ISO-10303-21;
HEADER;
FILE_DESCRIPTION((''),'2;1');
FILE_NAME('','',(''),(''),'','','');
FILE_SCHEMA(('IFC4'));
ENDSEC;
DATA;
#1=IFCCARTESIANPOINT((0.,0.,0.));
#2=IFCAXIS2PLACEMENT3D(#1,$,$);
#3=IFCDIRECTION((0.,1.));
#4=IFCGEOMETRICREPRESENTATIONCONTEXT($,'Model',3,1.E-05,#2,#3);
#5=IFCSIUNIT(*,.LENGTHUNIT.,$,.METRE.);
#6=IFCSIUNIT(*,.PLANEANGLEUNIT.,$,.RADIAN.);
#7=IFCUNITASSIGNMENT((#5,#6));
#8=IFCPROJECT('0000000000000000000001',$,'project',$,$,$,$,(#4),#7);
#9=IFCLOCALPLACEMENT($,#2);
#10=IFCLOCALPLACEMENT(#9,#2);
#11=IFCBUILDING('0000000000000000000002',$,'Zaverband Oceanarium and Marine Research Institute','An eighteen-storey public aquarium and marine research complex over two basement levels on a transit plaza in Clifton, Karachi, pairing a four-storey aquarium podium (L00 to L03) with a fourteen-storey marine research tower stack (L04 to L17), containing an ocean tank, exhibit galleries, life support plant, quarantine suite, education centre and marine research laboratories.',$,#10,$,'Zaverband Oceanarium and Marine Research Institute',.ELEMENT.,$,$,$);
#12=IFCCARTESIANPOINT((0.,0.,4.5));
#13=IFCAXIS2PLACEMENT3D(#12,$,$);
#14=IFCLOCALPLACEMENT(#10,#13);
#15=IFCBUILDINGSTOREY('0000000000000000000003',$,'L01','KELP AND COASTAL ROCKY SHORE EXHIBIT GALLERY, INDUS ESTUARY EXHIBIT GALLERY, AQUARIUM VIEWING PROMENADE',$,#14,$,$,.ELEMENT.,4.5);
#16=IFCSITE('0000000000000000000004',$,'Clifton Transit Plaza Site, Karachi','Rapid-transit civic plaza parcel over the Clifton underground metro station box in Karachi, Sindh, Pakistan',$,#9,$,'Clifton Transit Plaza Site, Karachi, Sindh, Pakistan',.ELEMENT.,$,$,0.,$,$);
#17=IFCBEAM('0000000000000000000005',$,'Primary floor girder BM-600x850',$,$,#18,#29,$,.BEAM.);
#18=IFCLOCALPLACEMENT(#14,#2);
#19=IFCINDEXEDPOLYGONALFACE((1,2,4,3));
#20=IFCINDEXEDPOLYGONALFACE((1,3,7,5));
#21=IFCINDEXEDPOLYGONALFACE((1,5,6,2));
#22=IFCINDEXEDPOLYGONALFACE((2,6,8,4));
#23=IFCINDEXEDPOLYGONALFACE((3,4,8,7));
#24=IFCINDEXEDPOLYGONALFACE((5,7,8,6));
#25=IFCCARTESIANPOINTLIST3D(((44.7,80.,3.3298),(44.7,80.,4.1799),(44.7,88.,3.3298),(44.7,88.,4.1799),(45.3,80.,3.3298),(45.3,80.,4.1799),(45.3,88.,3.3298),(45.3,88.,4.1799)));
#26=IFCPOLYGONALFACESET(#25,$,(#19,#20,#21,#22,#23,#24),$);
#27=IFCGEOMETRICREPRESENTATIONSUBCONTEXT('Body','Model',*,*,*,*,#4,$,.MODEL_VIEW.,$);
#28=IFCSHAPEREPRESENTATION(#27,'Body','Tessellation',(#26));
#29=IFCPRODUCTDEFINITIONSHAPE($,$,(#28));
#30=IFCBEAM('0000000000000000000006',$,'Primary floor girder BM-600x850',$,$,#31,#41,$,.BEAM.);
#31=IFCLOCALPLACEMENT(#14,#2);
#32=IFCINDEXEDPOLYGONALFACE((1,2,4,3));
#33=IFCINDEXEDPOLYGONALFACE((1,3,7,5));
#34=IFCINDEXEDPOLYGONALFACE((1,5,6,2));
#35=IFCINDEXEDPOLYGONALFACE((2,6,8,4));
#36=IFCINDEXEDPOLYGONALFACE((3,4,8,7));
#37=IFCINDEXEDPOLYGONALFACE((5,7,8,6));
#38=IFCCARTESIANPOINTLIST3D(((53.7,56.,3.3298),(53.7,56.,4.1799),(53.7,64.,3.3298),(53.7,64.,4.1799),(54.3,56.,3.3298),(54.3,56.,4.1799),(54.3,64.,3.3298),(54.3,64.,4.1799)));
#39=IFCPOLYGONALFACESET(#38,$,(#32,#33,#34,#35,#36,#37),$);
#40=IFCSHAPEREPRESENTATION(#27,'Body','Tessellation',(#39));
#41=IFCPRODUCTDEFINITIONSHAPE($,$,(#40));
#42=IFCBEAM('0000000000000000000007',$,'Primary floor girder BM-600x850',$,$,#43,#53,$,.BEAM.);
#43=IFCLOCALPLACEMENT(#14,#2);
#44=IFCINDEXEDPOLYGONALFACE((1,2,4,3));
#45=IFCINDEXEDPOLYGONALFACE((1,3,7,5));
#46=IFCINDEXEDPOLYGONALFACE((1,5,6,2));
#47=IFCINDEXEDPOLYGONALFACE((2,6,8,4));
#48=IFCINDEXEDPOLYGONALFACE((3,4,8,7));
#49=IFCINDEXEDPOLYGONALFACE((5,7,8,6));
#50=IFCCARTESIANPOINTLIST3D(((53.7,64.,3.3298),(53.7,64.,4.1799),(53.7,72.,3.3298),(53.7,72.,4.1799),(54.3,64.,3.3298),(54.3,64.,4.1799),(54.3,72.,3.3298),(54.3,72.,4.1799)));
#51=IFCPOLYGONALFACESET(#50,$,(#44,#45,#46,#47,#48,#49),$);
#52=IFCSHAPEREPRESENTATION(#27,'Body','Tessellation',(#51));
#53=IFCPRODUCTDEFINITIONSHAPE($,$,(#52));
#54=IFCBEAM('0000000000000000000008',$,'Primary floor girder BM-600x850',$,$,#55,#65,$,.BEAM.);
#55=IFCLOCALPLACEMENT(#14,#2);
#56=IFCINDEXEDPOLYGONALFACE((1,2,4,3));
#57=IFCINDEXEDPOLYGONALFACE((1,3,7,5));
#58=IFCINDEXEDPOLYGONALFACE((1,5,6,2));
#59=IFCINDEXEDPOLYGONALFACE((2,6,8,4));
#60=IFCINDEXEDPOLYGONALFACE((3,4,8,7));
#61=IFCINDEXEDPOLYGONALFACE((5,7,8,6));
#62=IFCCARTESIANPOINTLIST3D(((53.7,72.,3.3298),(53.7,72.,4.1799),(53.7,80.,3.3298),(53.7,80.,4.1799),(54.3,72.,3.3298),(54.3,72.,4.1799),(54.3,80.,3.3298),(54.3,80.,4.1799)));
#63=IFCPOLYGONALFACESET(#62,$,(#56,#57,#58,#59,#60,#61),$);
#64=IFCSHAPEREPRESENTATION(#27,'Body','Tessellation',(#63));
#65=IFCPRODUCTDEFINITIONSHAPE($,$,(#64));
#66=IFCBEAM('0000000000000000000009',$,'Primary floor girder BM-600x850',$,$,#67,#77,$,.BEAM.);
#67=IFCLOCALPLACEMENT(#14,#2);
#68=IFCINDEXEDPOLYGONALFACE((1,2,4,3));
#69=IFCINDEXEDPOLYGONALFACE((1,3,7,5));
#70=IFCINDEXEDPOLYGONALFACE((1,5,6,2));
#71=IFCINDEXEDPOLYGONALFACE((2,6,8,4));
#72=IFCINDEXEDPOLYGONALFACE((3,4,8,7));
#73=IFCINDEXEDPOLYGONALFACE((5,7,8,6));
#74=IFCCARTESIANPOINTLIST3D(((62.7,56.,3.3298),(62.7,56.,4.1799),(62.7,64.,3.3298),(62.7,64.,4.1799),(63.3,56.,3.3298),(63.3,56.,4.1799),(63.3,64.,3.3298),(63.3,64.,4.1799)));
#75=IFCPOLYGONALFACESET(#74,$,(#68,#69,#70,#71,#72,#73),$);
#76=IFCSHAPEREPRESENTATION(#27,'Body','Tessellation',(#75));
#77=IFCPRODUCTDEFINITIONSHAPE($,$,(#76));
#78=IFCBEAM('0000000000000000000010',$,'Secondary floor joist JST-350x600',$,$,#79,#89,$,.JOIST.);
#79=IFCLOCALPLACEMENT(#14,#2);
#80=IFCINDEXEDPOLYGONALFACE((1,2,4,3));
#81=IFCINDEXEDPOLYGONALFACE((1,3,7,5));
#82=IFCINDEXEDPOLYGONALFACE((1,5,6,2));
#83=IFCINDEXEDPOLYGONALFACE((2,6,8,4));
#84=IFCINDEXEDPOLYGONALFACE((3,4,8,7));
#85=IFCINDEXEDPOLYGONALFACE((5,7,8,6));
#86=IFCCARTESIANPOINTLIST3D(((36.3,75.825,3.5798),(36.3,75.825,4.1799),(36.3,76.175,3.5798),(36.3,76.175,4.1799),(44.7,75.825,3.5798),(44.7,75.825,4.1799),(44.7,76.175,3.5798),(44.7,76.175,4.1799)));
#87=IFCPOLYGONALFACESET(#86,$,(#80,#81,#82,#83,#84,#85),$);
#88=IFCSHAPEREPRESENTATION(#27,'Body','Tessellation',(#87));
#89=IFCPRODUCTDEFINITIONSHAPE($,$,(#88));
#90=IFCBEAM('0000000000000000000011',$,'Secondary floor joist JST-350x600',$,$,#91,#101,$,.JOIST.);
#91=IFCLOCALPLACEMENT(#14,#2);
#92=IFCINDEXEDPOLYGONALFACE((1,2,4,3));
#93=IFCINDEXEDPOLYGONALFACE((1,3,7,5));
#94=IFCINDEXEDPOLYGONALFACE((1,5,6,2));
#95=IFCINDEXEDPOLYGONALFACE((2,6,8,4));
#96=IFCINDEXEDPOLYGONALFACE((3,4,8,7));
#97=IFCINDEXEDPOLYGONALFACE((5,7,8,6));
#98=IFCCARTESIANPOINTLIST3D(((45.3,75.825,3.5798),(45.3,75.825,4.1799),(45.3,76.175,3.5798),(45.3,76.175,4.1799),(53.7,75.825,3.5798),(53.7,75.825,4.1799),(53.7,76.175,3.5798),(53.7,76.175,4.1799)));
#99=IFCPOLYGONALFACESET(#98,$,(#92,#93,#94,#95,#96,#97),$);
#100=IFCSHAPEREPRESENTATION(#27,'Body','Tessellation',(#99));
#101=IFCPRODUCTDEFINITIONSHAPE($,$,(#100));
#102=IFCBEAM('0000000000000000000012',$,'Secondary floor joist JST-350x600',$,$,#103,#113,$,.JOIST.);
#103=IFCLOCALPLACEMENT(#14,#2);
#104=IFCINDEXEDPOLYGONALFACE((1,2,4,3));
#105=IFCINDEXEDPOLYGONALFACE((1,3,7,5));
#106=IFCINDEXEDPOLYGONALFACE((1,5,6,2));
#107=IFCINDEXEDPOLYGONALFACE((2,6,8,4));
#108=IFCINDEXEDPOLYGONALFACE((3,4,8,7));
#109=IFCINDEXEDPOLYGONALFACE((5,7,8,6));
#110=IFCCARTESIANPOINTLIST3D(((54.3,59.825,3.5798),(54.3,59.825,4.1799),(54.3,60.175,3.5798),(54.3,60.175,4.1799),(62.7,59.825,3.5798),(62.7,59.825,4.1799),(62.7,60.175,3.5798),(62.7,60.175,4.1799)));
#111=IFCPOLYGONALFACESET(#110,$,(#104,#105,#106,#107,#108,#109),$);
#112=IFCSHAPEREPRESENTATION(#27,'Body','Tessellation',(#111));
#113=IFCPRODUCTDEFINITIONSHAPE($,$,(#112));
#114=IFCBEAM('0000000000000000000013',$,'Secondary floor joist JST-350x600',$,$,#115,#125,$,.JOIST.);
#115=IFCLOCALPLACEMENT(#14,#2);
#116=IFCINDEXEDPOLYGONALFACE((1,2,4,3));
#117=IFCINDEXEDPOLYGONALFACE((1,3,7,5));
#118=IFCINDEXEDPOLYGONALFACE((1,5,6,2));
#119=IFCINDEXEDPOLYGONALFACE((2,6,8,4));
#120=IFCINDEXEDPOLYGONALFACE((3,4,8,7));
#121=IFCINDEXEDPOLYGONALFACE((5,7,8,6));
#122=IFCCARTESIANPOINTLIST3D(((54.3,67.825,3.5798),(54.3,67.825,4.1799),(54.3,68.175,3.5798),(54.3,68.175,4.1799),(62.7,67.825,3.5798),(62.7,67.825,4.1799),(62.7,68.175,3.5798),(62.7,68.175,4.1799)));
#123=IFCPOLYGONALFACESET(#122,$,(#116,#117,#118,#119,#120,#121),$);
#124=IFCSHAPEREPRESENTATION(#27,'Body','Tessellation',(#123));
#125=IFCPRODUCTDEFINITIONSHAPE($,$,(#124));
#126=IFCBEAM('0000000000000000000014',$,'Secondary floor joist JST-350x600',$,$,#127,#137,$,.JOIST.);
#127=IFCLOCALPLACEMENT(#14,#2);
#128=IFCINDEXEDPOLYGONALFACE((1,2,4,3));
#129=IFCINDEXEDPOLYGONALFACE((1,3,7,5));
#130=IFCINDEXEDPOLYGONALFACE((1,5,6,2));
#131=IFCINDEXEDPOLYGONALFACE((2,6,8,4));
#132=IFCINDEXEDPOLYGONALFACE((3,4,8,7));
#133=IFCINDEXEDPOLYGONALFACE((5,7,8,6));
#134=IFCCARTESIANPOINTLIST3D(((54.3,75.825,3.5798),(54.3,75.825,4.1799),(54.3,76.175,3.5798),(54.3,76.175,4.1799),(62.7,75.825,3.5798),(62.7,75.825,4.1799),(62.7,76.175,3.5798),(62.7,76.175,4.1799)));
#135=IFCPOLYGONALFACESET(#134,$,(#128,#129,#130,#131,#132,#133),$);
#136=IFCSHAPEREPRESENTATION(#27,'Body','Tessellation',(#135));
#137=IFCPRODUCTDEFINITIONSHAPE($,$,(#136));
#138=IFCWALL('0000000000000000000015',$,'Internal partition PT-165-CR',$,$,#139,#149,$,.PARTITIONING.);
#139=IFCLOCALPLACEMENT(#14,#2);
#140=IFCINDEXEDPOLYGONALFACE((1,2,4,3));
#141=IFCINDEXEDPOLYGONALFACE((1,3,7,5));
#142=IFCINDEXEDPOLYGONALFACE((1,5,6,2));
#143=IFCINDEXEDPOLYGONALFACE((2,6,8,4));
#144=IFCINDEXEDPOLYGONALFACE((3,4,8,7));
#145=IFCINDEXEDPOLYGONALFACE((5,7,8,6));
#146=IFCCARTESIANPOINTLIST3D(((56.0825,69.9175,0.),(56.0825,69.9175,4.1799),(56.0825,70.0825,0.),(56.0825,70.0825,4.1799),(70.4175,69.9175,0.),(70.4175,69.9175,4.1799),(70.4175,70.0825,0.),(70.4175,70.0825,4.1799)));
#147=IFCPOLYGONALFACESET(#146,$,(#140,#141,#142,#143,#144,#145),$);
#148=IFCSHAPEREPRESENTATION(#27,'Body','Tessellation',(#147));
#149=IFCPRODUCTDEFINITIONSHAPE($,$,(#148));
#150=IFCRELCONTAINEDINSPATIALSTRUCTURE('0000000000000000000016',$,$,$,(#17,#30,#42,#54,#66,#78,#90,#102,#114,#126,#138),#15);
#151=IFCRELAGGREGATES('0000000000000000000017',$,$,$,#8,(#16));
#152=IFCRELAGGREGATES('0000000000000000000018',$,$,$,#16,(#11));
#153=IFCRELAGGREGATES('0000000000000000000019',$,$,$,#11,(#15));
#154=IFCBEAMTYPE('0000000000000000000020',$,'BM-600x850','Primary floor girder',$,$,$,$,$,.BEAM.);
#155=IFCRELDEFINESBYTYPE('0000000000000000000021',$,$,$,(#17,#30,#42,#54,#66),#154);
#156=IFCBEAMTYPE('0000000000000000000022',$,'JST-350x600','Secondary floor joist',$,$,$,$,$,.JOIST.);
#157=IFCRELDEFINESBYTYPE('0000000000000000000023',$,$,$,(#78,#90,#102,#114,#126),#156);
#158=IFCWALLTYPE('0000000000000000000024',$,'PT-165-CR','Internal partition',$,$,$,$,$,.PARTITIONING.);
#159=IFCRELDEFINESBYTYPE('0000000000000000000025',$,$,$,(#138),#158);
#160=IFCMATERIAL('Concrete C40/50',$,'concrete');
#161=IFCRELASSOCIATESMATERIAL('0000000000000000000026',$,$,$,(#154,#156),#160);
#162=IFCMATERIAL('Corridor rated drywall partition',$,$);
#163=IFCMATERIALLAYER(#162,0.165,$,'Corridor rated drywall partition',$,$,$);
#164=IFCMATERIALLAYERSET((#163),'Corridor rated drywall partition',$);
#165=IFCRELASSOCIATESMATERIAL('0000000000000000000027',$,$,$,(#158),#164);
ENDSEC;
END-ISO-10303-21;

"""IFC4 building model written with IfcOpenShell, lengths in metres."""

from ifc_helpers import new_model, si_unit, direction, frame, frame_2d, origin, origin_2d, place, context, subcontext, project, spatial, rectangle, extrude, material, layer, layer_set, material_profile, profile_set, type_object, element, save


model = new_model("IFC4")

# Units and contexts
model_context = context("Model", 3, precision=1e-05, world=origin(), true_north=direction((0.0, 1.0)))
body_context = subcontext(model_context, "Body", "Model", "MODEL_VIEW")
ifc_project = project(units=[si_unit("LENGTHUNIT", "METRE"), si_unit("PLANEANGLEUNIT", "RADIAN")], contexts=[model_context])

# Site, building, storey
site_placement = place(None, origin())
site = spatial("IfcSite", under=ifc_project, at=site_placement, Name="Clifton Transit Plaza Site, Karachi", Description="Rapid-transit civic plaza parcel over the Clifton underground metro station box in Karachi, Sindh, Pakistan", LongName="Clifton Transit Plaza Site, Karachi, Sindh, Pakistan", CompositionType="ELEMENT", RefElevation=0.0)
building_placement = place(site_placement, origin())
building = spatial("IfcBuilding", under=site, at=building_placement, Name="Zaverband Oceanarium and Marine Research Institute", Description="An eighteen-storey public aquarium and marine research complex over two basement levels on a transit plaza in Clifton, Karachi, pairing a four-storey aquarium podium (L00 to L03) with a fourteen-storey marine research tower stack (L04 to L17), containing an ocean tank, exhibit galleries, life support plant, quarantine suite, education centre and marine research laboratories.", LongName="Zaverband Oceanarium and Marine Research Institute", CompositionType="ELEMENT")
storey_placement = place(building_placement, frame((0.0, 0.0, 4.5)))
storey = spatial("IfcBuildingStorey", under=building, at=storey_placement, Name="L01", Description="KELP AND COASTAL ROCKY SHORE EXHIBIT GALLERY, INDUS ESTUARY EXHIBIT GALLERY, AQUARIUM VIEWING PROMENADE", CompositionType="ELEMENT", Elevation=4.5)

# Beams
ifc_material_1 = material(Name="Concrete C40/50", Category="concrete")
ifc_material_profile_1 = material_profile(ifc_material_1, rectangle(XDim=0.6001, YDim=0.8501, at=origin_2d()), Name="RC600x850")
ifc_profile_set_1 = profile_set([ifc_material_profile_1], Name="Concrete C40/50")
beam_type_1 = type_object("IfcBeamType", Name="BM-600x850", Description="Primary floor girder", PredefinedType="BEAM", material=ifc_profile_set_1)
for number, where, z_axis, x_axis, name in (
    (1, (45.0, 80.0, 3.7549), (0.0, 1.0, 0.0), (-1.0, 0.0, 0.0), "Primary floor girder BM-600x850"),
    (2, (54.0, 56.0, 3.7549), (0.0, 1.0, 0.0), (-1.0, 0.0, 0.0), "Primary floor girder BM-600x850"),
    (3, (54.0, 64.0, 3.7549), (0.0, 1.0, 0.0), (-1.0, 0.0, 0.0), "Primary floor girder BM-600x850"),
    (4, (54.0, 72.0, 3.7549), (0.0, 1.0, 0.0), (-1.0, 0.0, 0.0), "Primary floor girder BM-600x850"),
    (5, (63.0, 56.0, 3.7549), (0.0, 1.0, 0.0), (-1.0, 0.0, 0.0), "Primary floor girder BM-600x850"),
):
    element("IfcBeam", number, at=place(storey_placement, frame(where, z_axis=z_axis, x_axis=x_axis)), inside=storey, type_object=beam_type_1, Name=name, PredefinedType="BEAM", context=body_context, shape_type="SweptSolid", body=[
        extrude(rectangle(XDim=0.6001, YDim=0.8501, at=origin_2d()), origin(), (0.0, 0.0, 1.0), 8.0),
    ])
ifc_material_profile_2 = material_profile(ifc_material_1, rectangle(XDim=0.3501, YDim=0.6001, at=origin_2d()), Name="RC350x600")
ifc_profile_set_2 = profile_set([ifc_material_profile_2], Name="Concrete C40/50")
beam_type_2 = type_object("IfcBeamType", Name="JST-350x600", Description="Secondary floor joist", PredefinedType="JOIST", material=ifc_profile_set_2)
for number, where, z_axis, x_axis, name in (
    (6, (36.3, 76.0, 3.8799), (1.0, 0.0, 0.0), (0.0, 1.0, 0.0), "Secondary floor joist JST-350x600"),
    (7, (45.3, 76.0, 3.8799), (1.0, 0.0, 0.0), (0.0, 1.0, 0.0), "Secondary floor joist JST-350x600"),
    (8, (54.3, 60.0, 3.8799), (1.0, 0.0, 0.0), (0.0, 1.0, 0.0), "Secondary floor joist JST-350x600"),
    (9, (54.3, 68.0, 3.8799), (1.0, 0.0, 0.0), (0.0, 1.0, 0.0), "Secondary floor joist JST-350x600"),
    (10, (54.3, 76.0, 3.8799), (1.0, 0.0, 0.0), (0.0, 1.0, 0.0), "Secondary floor joist JST-350x600"),
):
    element("IfcBeam", number, at=place(storey_placement, frame(where, z_axis=z_axis, x_axis=x_axis)), inside=storey, type_object=beam_type_2, Name=name, PredefinedType="JOIST", context=body_context, shape_type="SweptSolid", body=[
        extrude(rectangle(XDim=0.3501, YDim=0.6001, at=origin_2d()), origin(), (0.0, 0.0, 1.0), 8.3999),
    ])

# Wall
ifc_material_2 = material(Name="Corridor rated drywall partition")
ifc_layer = layer(ifc_material_2, 0.165, Name="Corridor rated drywall partition")
ifc_layer_set = layer_set([ifc_layer], Name="Corridor rated drywall partition")
wall_type = type_object("IfcWallType", Name="PT-165-CR", Description="Internal partition", PredefinedType="PARTITIONING", material=ifc_layer_set)
wall_placement = place(storey_placement, frame((56.0825, 70.0, 0.0), z_axis=(0.0, 0.0, 1.0), x_axis=(1.0, 0.0, 0.0)))
element("IfcWall", 11, at=wall_placement, inside=storey, type_object=wall_type, Name="Internal partition PT-165-CR", PredefinedType="PARTITIONING", context=body_context, shape_type="SweptSolid", body=[
    extrude(rectangle(XDim=14.335, YDim=0.165, at=frame_2d((7.1675, 0.0))), origin(), (0.0, 0.0, 1.0), 4.1799),
])

save(model, "model.ifc")
